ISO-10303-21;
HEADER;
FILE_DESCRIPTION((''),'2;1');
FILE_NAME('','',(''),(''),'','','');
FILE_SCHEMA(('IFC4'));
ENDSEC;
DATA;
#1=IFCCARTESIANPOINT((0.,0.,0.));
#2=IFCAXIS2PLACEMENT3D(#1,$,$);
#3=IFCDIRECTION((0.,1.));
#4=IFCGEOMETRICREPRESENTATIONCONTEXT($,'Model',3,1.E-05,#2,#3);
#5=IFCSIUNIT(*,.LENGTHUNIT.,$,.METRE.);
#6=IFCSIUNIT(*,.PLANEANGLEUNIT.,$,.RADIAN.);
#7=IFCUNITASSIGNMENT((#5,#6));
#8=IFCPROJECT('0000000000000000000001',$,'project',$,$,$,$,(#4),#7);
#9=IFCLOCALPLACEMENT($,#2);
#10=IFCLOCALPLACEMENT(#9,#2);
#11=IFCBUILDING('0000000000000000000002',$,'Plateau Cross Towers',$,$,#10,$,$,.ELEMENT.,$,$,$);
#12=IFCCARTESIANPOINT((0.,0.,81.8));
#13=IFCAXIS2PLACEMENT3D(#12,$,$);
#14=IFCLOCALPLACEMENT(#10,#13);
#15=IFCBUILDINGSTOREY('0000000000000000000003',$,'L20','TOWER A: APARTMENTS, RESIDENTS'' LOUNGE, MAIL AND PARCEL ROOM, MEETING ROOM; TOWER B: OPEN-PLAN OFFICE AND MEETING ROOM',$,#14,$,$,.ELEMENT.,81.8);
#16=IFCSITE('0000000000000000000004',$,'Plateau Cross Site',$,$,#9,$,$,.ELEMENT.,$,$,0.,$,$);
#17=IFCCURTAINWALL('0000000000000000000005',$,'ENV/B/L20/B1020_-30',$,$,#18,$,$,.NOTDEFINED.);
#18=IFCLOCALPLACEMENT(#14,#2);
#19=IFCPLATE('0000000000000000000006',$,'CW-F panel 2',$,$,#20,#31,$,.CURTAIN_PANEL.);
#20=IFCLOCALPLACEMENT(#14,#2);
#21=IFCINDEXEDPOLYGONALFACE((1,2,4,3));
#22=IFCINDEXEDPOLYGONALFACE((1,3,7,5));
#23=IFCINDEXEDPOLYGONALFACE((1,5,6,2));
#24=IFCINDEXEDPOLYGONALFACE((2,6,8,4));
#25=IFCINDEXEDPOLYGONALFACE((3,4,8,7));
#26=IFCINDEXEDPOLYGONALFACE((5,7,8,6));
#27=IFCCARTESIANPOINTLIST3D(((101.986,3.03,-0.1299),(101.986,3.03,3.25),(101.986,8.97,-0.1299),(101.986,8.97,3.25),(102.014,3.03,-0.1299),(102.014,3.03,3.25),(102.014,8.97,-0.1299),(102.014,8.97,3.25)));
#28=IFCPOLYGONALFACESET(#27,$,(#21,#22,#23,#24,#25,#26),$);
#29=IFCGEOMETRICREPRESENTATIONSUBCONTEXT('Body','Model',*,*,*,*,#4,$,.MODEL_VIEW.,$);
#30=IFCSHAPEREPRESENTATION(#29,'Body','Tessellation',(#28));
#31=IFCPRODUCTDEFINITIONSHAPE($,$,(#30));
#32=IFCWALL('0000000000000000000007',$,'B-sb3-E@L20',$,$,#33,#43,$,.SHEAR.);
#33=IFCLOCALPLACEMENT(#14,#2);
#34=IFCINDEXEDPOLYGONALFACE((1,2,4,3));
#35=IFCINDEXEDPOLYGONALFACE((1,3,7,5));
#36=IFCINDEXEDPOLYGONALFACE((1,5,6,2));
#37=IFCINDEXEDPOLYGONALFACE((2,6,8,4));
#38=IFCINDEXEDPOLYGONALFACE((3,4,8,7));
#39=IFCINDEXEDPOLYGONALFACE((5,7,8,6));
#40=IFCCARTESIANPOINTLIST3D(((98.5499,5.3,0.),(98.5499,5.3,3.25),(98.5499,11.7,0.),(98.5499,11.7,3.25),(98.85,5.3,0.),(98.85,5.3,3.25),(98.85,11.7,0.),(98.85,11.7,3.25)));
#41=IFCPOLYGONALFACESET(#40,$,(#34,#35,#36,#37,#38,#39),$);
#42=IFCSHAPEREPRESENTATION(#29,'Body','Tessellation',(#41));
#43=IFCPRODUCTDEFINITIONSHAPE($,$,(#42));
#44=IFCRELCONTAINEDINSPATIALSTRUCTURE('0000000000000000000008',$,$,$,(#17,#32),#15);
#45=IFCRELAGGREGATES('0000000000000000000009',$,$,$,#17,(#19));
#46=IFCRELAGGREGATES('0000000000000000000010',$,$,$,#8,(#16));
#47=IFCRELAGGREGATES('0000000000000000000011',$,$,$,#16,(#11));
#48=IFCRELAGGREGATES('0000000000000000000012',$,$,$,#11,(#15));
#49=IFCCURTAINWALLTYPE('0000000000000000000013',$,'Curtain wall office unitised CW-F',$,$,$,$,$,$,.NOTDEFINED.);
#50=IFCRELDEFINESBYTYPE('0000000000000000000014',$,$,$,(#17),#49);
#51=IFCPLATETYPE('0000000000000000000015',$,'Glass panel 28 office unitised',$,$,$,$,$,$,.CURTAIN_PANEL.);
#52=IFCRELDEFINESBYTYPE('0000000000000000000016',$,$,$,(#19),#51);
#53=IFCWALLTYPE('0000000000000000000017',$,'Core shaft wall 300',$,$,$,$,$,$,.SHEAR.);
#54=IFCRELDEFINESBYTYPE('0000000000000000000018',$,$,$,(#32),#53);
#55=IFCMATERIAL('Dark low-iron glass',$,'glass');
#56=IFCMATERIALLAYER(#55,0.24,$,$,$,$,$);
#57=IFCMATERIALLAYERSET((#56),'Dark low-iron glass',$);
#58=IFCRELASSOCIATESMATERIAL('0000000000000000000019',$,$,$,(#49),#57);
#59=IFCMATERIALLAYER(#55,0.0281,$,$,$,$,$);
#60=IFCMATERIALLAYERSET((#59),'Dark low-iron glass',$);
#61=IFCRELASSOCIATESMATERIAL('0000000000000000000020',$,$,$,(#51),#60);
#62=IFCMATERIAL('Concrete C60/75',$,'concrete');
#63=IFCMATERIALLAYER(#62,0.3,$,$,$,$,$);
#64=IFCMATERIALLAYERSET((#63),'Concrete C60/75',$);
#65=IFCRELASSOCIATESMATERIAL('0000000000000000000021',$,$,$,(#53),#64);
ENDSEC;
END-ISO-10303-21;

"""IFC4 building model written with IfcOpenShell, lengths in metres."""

from ifc_helpers import new_model, si_unit, direction, frame, frame_2d, origin, origin_2d, place, context, subcontext, project, spatial, rectangle, extrude, material, layer, layer_set, type_object, element, aggregate, save


model = new_model("IFC4")

# Units and contexts
model_context = context("Model", 3, precision=1e-05, world=origin(), true_north=direction((0.0, 1.0)))
body_context = subcontext(model_context, "Body", "Model", "MODEL_VIEW")
ifc_project = project(units=[si_unit("LENGTHUNIT", "METRE"), si_unit("PLANEANGLEUNIT", "RADIAN")], contexts=[model_context])

# Site, building, storey
site_placement = place(None, origin())
site = spatial("IfcSite", under=ifc_project, at=site_placement, Name="Plateau Cross Site", CompositionType="ELEMENT", RefElevation=0.0)
building_placement = place(site_placement, origin())
building = spatial("IfcBuilding", under=site, at=building_placement, Name="Plateau Cross Towers", CompositionType="ELEMENT")
storey_placement = place(building_placement, frame((0.0, 0.0, 81.8)))
storey = spatial("IfcBuildingStorey", under=building, at=storey_placement, Name="L20", Description="TOWER A: APARTMENTS, RESIDENTS' LOUNGE, MAIL AND PARCEL ROOM, MEETING ROOM; TOWER B: OPEN-PLAN OFFICE AND MEETING ROOM", CompositionType="ELEMENT", Elevation=81.8)

# Shared definitions
ifc_material_1 = material(Name="Concrete C60/75", Category="concrete")

# Shared definitions
ifc_material_2 = material(Name="Dark low-iron glass", Category="glass")
ifc_layer_1 = layer(ifc_material_2, 0.24)
ifc_layer_set_1 = layer_set([ifc_layer_1], Name="Dark low-iron glass")
curtain_wall_type = type_object("IfcCurtainWallType", Name="Curtain wall office unitised CW-F", PredefinedType="NOTDEFINED", material=ifc_layer_set_1)

# Curtain wall
curtain_wall_1_placement = place(storey_placement, origin())
curtain_wall_1 = element("IfcCurtainWall", 1, at=curtain_wall_1_placement, inside=storey, type_object=curtain_wall_type, Name="ENV/B/L20/B1020_-30", PredefinedType="NOTDEFINED")

# Plate
ifc_layer_2 = layer(ifc_material_2, 0.0281)
ifc_layer_set_2 = layer_set([ifc_layer_2], Name="Dark low-iron glass")
plate_type = type_object("IfcPlateType", Name="Glass panel 28 office unitised", PredefinedType="CURTAIN_PANEL", material=ifc_layer_set_2)
plate_1_placement = place(storey_placement, frame((102.0, 6.0, -0.1299), z_axis=(0.0, 0.0, 1.0), x_axis=(0.0, 1.0, 0.0)))
plate_1 = element("IfcPlate", 2, at=plate_1_placement, type_object=plate_type, Name="CW-F panel 2", PredefinedType="CURTAIN_PANEL", context=body_context, shape_type="SweptSolid", body=[
    extrude(rectangle(XDim=5.9399, YDim=0.0281, at=origin_2d()), origin(), (0.0, 0.0, 1.0), 3.3799),
])
aggregate(curtain_wall_1, [plate_1])

# Wall
ifc_layer_3 = layer(ifc_material_1, 0.3)
ifc_layer_set_3 = layer_set([ifc_layer_3], Name="Concrete C60/75")
wall_type = type_object("IfcWallType", Name="Core shaft wall 300", PredefinedType="SHEAR", material=ifc_layer_set_3)
wall_placement = place(storey_placement, frame((98.7, 5.3, 0.0), z_axis=(0.0, 0.0, 1.0), x_axis=(0.0, 1.0, 0.0)))
element("IfcWall", 3, at=wall_placement, inside=storey, type_object=wall_type, Name="B-sb3-E@L20", PredefinedType="SHEAR", context=body_context, shape_type="SweptSolid", body=[
    extrude(rectangle(XDim=6.3999, YDim=0.3, at=frame_2d((3.2, 0.0))), origin(), (0.0, 0.0, 1.0), 3.25),
])

save(model, "model.ifc")
